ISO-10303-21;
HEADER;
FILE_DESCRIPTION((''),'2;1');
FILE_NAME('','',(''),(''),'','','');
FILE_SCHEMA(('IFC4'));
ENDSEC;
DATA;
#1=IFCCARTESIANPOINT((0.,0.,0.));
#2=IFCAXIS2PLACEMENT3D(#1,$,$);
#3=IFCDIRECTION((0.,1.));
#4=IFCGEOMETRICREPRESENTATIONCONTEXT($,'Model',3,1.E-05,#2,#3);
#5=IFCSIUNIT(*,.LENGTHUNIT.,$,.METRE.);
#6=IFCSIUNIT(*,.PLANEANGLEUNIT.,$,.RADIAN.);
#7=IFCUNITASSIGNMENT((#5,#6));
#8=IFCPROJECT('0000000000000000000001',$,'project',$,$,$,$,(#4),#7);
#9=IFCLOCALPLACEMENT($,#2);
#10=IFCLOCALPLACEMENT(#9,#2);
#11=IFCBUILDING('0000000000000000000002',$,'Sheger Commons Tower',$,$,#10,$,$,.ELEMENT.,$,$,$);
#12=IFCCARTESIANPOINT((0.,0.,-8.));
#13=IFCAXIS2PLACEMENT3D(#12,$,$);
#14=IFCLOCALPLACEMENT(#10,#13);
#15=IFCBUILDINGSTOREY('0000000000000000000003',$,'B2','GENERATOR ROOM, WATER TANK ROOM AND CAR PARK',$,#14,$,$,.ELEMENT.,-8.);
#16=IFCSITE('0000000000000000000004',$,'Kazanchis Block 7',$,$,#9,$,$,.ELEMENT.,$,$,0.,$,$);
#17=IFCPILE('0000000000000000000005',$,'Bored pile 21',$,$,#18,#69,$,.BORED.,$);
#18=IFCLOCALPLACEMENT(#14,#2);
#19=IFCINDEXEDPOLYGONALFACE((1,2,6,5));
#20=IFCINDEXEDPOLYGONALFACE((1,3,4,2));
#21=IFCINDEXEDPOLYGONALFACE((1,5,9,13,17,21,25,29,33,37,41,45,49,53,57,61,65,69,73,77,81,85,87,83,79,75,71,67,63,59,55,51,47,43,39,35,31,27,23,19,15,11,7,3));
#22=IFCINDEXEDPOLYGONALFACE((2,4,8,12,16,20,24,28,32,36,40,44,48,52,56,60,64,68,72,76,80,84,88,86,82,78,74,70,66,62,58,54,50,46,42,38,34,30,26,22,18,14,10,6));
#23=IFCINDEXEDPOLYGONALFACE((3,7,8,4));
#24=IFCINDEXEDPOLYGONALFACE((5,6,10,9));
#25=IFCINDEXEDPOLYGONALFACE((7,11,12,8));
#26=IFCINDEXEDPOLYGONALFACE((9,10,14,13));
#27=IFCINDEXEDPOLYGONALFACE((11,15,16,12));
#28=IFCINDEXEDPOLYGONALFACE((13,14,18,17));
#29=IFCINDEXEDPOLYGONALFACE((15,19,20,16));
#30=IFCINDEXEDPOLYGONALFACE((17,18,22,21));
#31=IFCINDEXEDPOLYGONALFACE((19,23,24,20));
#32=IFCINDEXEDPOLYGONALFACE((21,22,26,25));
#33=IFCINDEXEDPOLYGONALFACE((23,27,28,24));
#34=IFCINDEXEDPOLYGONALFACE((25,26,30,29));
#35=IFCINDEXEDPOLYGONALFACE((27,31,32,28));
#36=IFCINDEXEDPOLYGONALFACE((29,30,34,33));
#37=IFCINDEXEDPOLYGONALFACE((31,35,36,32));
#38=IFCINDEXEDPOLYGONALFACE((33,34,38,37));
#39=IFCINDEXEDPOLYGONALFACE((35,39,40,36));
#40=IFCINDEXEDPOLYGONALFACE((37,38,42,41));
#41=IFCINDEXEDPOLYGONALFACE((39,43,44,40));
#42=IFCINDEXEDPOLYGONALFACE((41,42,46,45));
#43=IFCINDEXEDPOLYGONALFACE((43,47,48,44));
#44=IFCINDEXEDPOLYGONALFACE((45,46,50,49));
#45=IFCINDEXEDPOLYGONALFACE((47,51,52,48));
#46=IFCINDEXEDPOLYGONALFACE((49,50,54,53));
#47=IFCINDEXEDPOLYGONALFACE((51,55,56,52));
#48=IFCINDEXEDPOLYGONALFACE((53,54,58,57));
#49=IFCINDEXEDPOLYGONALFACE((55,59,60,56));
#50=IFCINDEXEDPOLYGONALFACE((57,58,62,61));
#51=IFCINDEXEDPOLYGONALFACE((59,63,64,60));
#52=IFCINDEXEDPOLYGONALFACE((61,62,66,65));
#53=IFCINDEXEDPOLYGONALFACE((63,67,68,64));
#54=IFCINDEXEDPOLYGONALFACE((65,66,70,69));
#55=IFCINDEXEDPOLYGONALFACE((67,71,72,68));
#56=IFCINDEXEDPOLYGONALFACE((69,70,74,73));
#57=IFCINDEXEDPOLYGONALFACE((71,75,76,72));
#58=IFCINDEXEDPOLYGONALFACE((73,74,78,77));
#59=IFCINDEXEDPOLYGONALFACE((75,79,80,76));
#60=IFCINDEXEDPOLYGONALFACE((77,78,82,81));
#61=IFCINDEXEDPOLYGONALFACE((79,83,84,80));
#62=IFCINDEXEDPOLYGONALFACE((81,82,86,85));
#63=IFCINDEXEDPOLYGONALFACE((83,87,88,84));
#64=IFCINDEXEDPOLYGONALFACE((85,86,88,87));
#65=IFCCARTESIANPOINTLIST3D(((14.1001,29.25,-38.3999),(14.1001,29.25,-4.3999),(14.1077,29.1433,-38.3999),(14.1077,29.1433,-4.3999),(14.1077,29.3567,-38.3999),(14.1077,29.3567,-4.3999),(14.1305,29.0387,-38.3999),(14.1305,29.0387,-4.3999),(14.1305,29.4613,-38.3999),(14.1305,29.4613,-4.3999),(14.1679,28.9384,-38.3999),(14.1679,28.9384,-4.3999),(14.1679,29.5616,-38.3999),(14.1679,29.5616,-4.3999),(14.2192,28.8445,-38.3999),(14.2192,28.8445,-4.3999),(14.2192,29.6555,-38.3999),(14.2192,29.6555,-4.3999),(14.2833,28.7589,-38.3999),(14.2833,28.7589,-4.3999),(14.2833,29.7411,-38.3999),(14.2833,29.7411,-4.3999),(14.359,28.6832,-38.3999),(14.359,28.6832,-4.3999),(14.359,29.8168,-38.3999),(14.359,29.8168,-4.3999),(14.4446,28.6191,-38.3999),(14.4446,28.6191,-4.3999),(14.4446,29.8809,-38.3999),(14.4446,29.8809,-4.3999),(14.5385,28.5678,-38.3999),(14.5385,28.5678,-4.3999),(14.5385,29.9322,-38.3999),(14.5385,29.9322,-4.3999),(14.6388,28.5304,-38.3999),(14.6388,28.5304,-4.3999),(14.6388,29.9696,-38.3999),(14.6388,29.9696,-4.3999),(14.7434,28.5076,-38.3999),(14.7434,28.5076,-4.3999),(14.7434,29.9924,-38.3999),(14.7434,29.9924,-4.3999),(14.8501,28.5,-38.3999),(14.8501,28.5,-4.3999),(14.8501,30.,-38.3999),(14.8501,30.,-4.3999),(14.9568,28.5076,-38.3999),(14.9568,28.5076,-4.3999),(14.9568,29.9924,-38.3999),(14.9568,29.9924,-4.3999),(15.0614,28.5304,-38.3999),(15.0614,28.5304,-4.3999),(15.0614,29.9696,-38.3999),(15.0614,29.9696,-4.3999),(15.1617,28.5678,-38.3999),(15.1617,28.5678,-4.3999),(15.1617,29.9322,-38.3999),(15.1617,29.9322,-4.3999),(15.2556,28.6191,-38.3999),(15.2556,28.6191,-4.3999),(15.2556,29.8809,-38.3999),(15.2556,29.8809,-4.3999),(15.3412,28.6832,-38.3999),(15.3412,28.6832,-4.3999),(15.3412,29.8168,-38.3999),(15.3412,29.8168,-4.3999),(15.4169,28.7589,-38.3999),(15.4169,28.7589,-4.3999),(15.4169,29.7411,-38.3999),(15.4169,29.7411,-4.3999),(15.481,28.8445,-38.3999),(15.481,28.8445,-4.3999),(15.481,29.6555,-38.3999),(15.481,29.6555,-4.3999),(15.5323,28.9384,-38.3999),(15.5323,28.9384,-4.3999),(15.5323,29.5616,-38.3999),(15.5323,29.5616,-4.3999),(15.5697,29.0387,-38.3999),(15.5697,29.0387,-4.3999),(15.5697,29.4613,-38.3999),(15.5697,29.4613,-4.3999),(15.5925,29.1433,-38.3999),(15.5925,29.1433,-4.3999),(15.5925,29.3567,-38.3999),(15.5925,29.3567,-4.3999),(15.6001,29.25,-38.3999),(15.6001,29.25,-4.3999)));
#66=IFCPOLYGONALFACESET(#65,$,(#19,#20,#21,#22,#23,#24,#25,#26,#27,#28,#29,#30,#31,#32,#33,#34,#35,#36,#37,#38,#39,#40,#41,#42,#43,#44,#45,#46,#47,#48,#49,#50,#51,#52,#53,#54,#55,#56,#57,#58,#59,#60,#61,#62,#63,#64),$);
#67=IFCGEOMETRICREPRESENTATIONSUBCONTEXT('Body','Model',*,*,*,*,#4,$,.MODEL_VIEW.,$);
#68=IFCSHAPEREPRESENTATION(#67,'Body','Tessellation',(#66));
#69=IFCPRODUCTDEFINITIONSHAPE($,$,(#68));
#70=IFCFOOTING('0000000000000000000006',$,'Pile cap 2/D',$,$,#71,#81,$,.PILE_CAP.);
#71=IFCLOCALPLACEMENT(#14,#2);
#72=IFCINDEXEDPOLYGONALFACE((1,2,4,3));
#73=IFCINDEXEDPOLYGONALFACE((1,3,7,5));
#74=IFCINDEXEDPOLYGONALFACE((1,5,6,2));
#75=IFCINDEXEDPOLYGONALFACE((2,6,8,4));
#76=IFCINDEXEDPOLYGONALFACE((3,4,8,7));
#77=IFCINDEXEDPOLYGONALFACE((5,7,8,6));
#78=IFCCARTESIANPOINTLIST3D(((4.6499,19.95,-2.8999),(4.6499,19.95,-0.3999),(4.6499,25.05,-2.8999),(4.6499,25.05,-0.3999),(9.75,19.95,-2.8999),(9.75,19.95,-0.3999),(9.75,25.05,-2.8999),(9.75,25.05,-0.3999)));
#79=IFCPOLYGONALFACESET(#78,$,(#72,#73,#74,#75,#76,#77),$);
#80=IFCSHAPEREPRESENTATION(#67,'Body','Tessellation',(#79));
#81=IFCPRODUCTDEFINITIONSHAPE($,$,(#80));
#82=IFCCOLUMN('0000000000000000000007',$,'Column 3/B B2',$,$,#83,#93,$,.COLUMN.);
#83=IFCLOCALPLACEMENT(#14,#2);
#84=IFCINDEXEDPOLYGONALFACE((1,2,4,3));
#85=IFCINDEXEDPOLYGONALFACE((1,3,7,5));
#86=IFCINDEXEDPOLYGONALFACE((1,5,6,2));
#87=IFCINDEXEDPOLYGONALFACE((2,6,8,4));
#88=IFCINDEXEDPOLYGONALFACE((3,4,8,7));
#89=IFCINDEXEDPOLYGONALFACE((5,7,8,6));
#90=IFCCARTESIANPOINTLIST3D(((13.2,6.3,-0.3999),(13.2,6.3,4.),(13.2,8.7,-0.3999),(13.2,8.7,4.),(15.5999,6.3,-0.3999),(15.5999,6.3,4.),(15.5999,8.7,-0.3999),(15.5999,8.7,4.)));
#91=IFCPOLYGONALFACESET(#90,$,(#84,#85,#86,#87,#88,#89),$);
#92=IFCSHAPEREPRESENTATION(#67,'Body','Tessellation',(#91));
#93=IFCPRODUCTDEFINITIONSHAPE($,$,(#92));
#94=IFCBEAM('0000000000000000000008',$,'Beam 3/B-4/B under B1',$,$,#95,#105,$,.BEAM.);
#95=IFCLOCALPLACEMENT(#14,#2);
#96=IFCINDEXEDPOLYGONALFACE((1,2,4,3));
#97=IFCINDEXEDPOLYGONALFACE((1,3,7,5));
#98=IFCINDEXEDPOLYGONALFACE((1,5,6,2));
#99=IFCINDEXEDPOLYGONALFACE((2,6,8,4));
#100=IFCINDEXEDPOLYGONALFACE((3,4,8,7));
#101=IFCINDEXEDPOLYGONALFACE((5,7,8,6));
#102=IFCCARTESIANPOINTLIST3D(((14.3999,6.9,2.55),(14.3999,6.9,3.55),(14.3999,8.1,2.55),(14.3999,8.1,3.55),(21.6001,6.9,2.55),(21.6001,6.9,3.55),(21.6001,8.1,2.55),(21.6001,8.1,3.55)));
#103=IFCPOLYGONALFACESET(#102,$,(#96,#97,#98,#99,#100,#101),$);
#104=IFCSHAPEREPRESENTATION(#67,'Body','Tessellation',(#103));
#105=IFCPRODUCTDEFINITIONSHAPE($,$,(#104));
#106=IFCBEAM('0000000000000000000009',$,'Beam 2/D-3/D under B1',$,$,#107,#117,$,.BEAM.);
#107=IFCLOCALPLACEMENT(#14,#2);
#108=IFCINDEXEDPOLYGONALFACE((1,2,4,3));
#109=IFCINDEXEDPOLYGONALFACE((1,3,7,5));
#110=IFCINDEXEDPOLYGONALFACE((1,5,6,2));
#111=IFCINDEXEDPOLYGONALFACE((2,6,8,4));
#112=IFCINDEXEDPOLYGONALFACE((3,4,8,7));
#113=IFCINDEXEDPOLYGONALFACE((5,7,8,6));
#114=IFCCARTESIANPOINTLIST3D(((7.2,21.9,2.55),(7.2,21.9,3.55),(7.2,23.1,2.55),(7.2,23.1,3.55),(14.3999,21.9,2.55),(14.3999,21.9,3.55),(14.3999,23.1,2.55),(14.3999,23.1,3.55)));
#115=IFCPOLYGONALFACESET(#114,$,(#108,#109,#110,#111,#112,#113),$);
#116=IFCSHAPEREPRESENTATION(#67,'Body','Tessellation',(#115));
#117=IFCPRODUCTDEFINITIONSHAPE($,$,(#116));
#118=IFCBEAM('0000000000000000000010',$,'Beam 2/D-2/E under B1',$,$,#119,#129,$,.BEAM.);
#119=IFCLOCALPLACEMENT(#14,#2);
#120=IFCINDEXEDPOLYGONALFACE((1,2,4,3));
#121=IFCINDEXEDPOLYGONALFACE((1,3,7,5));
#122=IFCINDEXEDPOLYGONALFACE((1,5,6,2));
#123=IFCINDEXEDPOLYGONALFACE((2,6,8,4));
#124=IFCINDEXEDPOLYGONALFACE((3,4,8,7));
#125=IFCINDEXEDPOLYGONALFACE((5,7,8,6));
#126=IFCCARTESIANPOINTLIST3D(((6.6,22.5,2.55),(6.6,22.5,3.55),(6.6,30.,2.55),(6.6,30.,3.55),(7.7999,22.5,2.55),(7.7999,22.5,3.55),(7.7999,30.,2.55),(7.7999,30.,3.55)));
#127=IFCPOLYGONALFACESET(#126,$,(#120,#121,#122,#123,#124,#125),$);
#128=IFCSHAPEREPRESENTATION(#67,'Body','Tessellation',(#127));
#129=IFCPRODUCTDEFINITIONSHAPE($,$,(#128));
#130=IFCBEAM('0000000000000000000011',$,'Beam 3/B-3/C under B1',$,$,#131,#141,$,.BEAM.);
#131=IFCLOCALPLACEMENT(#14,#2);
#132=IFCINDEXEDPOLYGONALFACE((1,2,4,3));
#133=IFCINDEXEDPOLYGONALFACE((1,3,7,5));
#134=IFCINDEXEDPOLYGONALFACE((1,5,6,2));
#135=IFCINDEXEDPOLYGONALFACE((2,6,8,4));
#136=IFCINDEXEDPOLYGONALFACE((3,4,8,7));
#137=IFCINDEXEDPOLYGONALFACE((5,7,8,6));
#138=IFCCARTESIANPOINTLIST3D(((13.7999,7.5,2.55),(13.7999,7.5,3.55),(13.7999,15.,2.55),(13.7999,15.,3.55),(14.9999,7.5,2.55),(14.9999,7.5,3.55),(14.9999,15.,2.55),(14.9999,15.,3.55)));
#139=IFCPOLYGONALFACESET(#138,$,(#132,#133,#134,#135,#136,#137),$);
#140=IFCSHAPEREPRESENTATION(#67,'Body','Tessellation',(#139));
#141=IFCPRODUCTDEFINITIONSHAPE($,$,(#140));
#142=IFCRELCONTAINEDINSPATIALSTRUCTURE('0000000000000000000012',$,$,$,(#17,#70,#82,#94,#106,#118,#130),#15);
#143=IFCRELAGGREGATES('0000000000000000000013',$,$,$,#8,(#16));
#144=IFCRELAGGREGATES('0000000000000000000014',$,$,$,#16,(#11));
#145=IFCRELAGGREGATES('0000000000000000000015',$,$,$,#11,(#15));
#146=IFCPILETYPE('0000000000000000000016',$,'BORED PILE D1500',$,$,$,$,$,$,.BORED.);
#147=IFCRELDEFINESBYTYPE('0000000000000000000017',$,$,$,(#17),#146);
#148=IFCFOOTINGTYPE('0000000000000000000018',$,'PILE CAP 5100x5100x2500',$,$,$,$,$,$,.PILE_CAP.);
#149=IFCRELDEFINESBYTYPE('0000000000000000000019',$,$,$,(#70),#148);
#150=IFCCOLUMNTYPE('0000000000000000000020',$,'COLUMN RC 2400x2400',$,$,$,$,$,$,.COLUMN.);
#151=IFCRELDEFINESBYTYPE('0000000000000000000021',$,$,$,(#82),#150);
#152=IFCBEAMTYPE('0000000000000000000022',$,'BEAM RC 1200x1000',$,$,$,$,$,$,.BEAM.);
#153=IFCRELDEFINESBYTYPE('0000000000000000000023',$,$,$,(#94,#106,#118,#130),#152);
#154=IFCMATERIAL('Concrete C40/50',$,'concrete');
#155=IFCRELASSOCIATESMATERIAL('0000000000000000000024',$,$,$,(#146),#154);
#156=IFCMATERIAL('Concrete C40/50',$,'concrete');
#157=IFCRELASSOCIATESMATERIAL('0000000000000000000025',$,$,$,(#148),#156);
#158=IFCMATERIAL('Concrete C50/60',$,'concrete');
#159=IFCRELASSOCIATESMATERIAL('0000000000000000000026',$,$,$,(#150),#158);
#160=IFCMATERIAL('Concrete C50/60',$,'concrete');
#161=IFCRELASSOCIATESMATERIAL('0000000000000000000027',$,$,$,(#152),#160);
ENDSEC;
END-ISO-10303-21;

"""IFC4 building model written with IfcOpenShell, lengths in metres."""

from ifc_helpers import new_model, si_unit, direction, frame, origin, origin_2d, place, context, subcontext, project, spatial, rectangle, circle, extrude, material, material_profile, profile_set, type_object, element, save


model = new_model("IFC4")

# Units and contexts
model_context = context("Model", 3, precision=1e-05, world=origin(), true_north=direction((0.0, 1.0)))
body_context = subcontext(model_context, "Body", "Model", "MODEL_VIEW")
ifc_project = project(units=[si_unit("LENGTHUNIT", "METRE"), si_unit("PLANEANGLEUNIT", "RADIAN")], contexts=[model_context])

# Site, building, storey
site_placement = place(None, origin())
site = spatial("IfcSite", under=ifc_project, at=site_placement, Name="Kazanchis Block 7", CompositionType="ELEMENT", RefElevation=0.0)
building_placement = place(site_placement, origin())
building = spatial("IfcBuilding", under=site, at=building_placement, Name="Sheger Commons Tower", CompositionType="ELEMENT")
storey_placement = place(building_placement, frame((0.0, 0.0, -8.0)))
storey = spatial("IfcBuildingStorey", under=building, at=storey_placement, Name="B2", Description="GENERATOR ROOM, WATER TANK ROOM AND CAR PARK", CompositionType="ELEMENT", Elevation=-8.0)

# Pile
ifc_material_1 = material(Name="Concrete C40/50", Category="concrete")
ifc_material_profile_1 = material_profile(ifc_material_1, circle(Radius=0.75, at=origin_2d()), Name="PILE D1500")
ifc_profile_set_1 = profile_set([ifc_material_profile_1], Name="Concrete C40/50")
pile_type_1 = type_object("IfcPileType", Name="BORED PILE D1500", PredefinedType="BORED", material=ifc_profile_set_1)
for number, where, z_axis, x_axis, name in (
    (1, (14.8501, 29.25, -4.3999), (0.0, 0.0, -1.0), (1.0, 0.0, 0.0), "Bored pile 21"),
):
    element("IfcPile", number, at=place(storey_placement, frame(where, z_axis=z_axis, x_axis=x_axis)), inside=storey, type_object=pile_type_1, Name=name, PredefinedType="BORED", context=body_context, shape_type="SweptSolid", body=[
        extrude(circle(Radius=0.75, at=origin_2d()), origin(), (0.0, 0.0, 1.0), 34.0),
    ])

# Footing
ifc_material_2 = material(Name="Concrete C40/50", Category="concrete")
footing_type = type_object("IfcFootingType", Name="PILE CAP 5100x5100x2500", PredefinedType="PILE_CAP", material=ifc_material_2)
footing_placement = place(storey_placement, frame((7.2, 22.5, -2.8999), z_axis=(0.0, 0.0, 1.0), x_axis=(1.0, 0.0, 0.0)))
element("IfcFooting", 2, at=footing_placement, inside=storey, type_object=footing_type, Name="Pile cap 2/D", PredefinedType="PILE_CAP", context=body_context, shape_type="SweptSolid", body=[
    extrude(rectangle(XDim=5.1001, YDim=5.1001, at=origin_2d()), origin(), (0.0, 0.0, 1.0), 2.5),
])

# Column
ifc_material_3 = material(Name="Concrete C50/60", Category="concrete")
ifc_material_profile_2 = material_profile(ifc_material_3, rectangle(XDim=2.3999, YDim=2.3999, at=origin_2d()), Name="RC 2400x2400")
ifc_profile_set_2 = profile_set([ifc_material_profile_2], Name="Concrete C50/60")
column_type = type_object("IfcColumnType", Name="COLUMN RC 2400x2400", PredefinedType="COLUMN", material=ifc_profile_set_2)
column_placement = place(storey_placement, frame((14.3999, 7.5, -0.3999), z_axis=(0.0, 0.0, 1.0), x_axis=(1.0, 0.0, 0.0)))
element("IfcColumn", 3, at=column_placement, inside=storey, type_object=column_type, Name="Column 3/B B2", PredefinedType="COLUMN", context=body_context, shape_type="SweptSolid", body=[
    extrude(rectangle(XDim=2.3999, YDim=2.3999, at=origin_2d()), origin(), (0.0, 0.0, 1.0), 4.3999),
])

# Beams
ifc_material_4 = material(Name="Concrete C50/60", Category="concrete")
ifc_material_profile_3 = material_profile(ifc_material_4, rectangle(XDim=1.2, YDim=1.0, at=origin_2d()), Name="RC 1200x1000")
ifc_profile_set_3 = profile_set([ifc_material_profile_3], Name="Concrete C50/60")
beam_type = type_object("IfcBeamType", Name="BEAM RC 1200x1000", PredefinedType="BEAM", material=ifc_profile_set_3)
beam_1_placement = place(storey_placement, frame((14.3999, 7.5, 3.05), z_axis=(1.0, 0.0, 0.0), x_axis=(0.0, 1.0, 0.0)))
element("IfcBeam", 4, at=beam_1_placement, inside=storey, type_object=beam_type, Name="Beam 3/B-4/B under B1", PredefinedType="BEAM", context=body_context, shape_type="SweptSolid", body=[
    extrude(rectangle(XDim=1.2, YDim=1.0, at=origin_2d()), origin(), (0.0, 0.0, 1.0), 7.2002),
])
beam_2_placement = place(storey_placement, frame((7.2, 22.5, 3.05), z_axis=(1.0, 0.0, 0.0), x_axis=(0.0, 1.0, 0.0)))
element("IfcBeam", 5, at=beam_2_placement, inside=storey, type_object=beam_type, Name="Beam 2/D-3/D under B1", PredefinedType="BEAM", context=body_context, shape_type="SweptSolid", body=[
    extrude(rectangle(XDim=1.2, YDim=1.0, at=origin_2d()), origin(), (0.0, 0.0, 1.0), 7.2),
])
for number, where, z_axis, x_axis, name in (
    (6, (7.2, 22.5, 3.05), (0.0, 1.0, 0.0), (-1.0, 0.0, 0.0), "Beam 2/D-2/E under B1"),
    (7, (14.3999, 7.5, 3.05), (0.0, 1.0, 0.0), (-1.0, 0.0, 0.0), "Beam 3/B-3/C under B1"),
):
    element("IfcBeam", number, at=place(storey_placement, frame(where, z_axis=z_axis, x_axis=x_axis)), inside=storey, type_object=beam_type, Name=name, PredefinedType="BEAM", context=body_context, shape_type="SweptSolid", body=[
        extrude(rectangle(XDim=1.2, YDim=1.0, at=origin_2d()), origin(), (0.0, 0.0, 1.0), 7.5),
    ])

save(model, "model.ifc")
